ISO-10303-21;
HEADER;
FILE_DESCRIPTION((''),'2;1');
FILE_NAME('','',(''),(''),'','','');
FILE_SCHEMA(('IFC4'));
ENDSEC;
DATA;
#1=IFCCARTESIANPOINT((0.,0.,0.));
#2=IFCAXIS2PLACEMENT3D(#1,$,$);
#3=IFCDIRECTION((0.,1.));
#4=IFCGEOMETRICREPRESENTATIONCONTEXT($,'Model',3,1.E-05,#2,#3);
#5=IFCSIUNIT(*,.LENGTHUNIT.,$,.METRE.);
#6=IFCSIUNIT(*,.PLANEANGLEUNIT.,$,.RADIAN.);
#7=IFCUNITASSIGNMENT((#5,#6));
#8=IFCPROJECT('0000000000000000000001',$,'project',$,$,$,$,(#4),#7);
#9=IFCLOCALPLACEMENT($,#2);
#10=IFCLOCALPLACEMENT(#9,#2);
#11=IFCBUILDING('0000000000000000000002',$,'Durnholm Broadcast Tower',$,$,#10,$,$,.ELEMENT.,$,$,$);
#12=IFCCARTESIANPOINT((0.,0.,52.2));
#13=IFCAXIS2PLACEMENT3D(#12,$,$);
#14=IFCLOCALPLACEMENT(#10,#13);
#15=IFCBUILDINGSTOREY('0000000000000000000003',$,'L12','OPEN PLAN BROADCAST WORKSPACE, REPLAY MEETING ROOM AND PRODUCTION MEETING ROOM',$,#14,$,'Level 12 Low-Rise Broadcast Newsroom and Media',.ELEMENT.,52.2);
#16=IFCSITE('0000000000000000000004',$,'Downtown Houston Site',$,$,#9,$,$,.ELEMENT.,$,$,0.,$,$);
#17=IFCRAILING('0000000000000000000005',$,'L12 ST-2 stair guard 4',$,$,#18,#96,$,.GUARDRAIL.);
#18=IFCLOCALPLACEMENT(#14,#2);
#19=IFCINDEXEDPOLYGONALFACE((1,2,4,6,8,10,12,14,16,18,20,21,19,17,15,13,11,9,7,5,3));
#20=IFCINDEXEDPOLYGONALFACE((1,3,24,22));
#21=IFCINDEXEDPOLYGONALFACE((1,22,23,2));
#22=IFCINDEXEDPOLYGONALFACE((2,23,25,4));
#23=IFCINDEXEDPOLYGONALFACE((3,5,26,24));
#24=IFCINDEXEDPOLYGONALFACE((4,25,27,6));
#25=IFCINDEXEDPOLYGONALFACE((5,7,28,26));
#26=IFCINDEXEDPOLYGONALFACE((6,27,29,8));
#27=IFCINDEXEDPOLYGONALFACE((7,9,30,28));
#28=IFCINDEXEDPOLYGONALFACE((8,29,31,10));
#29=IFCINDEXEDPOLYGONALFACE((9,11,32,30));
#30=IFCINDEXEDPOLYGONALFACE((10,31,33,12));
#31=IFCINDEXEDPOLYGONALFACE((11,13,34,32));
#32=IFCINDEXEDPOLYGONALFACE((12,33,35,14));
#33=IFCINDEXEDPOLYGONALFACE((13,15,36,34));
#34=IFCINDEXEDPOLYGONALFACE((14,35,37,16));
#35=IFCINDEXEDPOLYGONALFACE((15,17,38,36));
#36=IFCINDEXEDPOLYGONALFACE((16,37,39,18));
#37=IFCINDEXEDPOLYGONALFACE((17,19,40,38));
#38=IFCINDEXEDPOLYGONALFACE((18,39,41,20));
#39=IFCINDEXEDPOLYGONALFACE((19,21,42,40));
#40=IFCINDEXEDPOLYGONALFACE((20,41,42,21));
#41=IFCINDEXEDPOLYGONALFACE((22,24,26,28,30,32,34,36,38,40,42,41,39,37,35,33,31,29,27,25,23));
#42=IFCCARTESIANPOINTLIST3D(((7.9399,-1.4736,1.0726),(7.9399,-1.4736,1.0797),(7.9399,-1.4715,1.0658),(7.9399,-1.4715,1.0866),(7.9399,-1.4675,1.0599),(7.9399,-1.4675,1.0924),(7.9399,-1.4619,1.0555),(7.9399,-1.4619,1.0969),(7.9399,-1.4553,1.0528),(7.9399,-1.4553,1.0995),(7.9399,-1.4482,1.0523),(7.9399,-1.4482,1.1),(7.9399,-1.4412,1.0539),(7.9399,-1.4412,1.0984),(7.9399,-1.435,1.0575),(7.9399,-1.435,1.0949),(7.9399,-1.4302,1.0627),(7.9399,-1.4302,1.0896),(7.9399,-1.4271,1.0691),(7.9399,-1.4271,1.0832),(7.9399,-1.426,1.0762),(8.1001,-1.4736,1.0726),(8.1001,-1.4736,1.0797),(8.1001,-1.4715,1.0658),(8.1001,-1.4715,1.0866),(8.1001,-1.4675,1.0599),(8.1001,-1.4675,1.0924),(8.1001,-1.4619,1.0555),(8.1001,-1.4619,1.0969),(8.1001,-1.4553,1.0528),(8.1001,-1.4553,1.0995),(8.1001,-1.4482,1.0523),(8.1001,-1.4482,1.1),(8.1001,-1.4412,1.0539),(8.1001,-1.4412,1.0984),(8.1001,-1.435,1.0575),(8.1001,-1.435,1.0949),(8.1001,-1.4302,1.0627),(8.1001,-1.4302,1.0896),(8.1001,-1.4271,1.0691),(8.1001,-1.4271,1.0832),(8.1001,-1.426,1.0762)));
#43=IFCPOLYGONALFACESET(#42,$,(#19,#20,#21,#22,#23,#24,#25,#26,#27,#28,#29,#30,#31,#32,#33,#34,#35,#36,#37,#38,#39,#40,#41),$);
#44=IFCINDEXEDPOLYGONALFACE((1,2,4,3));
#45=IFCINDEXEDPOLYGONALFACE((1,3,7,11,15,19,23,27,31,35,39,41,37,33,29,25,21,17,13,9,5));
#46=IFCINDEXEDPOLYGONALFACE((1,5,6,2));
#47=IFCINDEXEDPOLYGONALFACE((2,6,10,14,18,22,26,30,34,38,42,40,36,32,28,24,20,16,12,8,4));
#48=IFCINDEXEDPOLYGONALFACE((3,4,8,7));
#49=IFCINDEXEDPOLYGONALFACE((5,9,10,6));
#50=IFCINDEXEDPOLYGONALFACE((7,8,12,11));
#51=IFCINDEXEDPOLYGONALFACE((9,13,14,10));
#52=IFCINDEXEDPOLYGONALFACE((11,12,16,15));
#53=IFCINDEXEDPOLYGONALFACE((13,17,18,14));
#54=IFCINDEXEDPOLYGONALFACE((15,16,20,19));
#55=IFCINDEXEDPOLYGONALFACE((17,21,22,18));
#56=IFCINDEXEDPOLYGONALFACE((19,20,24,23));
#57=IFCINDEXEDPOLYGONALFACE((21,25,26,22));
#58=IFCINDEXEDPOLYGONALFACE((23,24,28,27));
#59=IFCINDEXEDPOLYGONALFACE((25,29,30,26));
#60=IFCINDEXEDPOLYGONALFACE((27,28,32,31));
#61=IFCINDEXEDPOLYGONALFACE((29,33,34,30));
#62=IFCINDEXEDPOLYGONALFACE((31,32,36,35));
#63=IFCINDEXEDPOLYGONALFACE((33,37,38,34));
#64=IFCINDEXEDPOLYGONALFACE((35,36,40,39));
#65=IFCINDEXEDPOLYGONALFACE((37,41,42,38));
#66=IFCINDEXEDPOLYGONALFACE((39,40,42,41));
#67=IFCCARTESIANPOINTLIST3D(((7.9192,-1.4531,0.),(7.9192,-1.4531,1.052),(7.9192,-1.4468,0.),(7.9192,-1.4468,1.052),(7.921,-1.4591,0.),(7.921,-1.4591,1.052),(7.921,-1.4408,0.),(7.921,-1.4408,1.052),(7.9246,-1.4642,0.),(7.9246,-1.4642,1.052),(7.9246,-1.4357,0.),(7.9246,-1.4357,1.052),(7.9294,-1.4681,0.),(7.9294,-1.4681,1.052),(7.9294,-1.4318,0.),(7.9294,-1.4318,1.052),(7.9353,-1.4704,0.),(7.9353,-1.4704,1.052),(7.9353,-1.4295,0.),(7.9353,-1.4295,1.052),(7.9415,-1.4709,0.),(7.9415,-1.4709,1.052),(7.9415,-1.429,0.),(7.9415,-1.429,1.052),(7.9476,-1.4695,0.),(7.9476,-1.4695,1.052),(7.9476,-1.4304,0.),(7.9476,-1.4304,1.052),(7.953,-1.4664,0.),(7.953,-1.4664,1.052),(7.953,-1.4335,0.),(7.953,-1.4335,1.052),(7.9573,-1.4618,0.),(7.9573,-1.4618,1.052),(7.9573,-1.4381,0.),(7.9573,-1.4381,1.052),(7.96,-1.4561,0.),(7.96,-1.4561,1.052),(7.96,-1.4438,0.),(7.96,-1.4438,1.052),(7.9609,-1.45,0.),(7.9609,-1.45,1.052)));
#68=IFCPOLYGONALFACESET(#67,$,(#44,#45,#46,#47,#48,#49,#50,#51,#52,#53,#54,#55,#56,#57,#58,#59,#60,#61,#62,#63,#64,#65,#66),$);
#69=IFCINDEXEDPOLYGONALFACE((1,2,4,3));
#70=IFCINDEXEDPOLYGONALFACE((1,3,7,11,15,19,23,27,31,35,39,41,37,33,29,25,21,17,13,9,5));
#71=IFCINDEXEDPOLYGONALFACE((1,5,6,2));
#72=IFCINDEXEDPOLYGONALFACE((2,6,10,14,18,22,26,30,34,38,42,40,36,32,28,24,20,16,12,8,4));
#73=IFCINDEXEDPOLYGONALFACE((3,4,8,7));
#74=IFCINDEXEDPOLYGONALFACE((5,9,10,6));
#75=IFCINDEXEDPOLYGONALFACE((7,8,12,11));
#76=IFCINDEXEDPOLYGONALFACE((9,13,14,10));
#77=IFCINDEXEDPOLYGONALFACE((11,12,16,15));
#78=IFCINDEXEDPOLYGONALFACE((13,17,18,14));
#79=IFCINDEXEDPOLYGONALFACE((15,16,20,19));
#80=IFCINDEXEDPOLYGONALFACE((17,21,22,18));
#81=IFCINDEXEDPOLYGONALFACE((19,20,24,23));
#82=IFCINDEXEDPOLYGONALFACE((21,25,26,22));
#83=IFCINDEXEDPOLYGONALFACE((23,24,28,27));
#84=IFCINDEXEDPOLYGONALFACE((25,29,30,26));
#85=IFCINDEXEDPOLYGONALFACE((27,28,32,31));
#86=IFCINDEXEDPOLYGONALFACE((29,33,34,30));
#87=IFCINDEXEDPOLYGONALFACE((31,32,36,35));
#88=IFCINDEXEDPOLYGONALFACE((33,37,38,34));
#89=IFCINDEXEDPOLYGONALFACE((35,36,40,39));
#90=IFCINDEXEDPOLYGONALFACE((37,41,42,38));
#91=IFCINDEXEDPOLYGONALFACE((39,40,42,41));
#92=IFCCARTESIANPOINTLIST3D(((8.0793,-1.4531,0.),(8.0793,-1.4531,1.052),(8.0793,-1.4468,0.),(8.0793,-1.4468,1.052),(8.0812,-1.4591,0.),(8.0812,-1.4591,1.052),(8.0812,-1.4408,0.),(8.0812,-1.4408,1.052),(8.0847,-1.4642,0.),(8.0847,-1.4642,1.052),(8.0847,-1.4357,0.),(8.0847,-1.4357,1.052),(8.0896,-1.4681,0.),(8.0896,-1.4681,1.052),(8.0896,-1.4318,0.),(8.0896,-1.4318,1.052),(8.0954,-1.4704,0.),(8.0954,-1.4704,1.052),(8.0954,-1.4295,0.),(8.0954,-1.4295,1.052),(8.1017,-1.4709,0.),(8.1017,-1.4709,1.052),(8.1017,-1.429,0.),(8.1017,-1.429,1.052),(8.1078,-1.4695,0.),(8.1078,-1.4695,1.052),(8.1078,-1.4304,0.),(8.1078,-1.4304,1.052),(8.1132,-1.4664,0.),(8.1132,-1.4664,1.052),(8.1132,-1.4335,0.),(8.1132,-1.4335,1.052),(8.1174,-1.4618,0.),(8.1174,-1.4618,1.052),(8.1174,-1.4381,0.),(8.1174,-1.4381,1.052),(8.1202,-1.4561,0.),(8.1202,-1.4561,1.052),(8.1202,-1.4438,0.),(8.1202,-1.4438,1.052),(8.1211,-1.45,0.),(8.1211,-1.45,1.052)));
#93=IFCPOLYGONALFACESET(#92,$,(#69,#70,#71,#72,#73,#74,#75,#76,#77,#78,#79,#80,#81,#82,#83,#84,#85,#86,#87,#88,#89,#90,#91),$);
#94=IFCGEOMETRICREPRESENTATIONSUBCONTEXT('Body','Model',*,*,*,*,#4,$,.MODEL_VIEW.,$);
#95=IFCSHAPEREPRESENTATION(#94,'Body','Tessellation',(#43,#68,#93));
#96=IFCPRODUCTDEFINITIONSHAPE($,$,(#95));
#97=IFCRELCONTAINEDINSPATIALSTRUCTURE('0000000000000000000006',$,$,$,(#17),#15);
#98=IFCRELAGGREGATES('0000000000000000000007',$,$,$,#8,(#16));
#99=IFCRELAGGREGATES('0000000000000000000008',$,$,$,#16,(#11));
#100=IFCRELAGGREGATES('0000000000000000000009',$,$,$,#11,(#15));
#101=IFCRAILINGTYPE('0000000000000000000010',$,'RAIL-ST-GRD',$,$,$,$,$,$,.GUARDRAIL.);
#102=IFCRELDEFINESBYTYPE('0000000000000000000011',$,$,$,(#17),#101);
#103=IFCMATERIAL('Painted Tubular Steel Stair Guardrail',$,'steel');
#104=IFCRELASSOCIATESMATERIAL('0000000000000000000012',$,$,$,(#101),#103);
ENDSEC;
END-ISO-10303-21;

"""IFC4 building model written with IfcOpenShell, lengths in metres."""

from ifc_helpers import new_model, si_unit, direction, frame, origin, origin_2d, place, context, subcontext, project, spatial, circle, extrude, material, type_object, element, save


model = new_model("IFC4")

# Units and contexts
model_context = context("Model", 3, precision=1e-05, world=origin(), true_north=direction((0.0, 1.0)))
body_context = subcontext(model_context, "Body", "Model", "MODEL_VIEW")
ifc_project = project(units=[si_unit("LENGTHUNIT", "METRE"), si_unit("PLANEANGLEUNIT", "RADIAN")], contexts=[model_context])

# Site, building, storey
site_placement = place(None, origin())
site = spatial("IfcSite", under=ifc_project, at=site_placement, Name="Downtown Houston Site", CompositionType="ELEMENT", RefElevation=0.0)
building_placement = place(site_placement, origin())
building = spatial("IfcBuilding", under=site, at=building_placement, Name="Durnholm Broadcast Tower", CompositionType="ELEMENT")
storey_placement = place(building_placement, frame((0.0, 0.0, 52.2)))
storey = spatial("IfcBuildingStorey", under=building, at=storey_placement, Name="L12", Description="OPEN PLAN BROADCAST WORKSPACE, REPLAY MEETING ROOM AND PRODUCTION MEETING ROOM", LongName="Level 12 Low-Rise Broadcast Newsroom and Media", CompositionType="ELEMENT", Elevation=52.2)

# Railing
ifc_material_1 = material(Name="Painted Tubular Steel Stair Guardrail", Category="steel")
railing_type_1 = type_object("IfcRailingType", Name="RAIL-ST-GRD", PredefinedType="GUARDRAIL", material=ifc_material_1)
railing_1_placement = place(storey_placement, frame((7.9399, -1.45, 0.0)))
element("IfcRailing", 1, at=railing_1_placement, inside=storey, type_object=railing_type_1, Name="L12 ST-2 stair guard 4", PredefinedType="GUARDRAIL", context=body_context, shape_type="SweptSolid", body=[
    extrude(circle(Radius=0.0239, at=origin_2d()), frame((0.0, 0.0, 1.0762), z_axis=(1.0, 0.0, 0.0), x_axis=(0.0, 1.0, 0.0)), (0.0, 0.0, 1.0), 0.1602),
    extrude(circle(Radius=0.021, at=origin_2d()), origin(), (0.0, 0.0, 1.0), 1.052),
    extrude(circle(Radius=0.021, at=origin_2d()), frame((0.1602, 0.0, 0.0)), (0.0, 0.0, 1.0), 1.052),
])

save(model, "model.ifc")
